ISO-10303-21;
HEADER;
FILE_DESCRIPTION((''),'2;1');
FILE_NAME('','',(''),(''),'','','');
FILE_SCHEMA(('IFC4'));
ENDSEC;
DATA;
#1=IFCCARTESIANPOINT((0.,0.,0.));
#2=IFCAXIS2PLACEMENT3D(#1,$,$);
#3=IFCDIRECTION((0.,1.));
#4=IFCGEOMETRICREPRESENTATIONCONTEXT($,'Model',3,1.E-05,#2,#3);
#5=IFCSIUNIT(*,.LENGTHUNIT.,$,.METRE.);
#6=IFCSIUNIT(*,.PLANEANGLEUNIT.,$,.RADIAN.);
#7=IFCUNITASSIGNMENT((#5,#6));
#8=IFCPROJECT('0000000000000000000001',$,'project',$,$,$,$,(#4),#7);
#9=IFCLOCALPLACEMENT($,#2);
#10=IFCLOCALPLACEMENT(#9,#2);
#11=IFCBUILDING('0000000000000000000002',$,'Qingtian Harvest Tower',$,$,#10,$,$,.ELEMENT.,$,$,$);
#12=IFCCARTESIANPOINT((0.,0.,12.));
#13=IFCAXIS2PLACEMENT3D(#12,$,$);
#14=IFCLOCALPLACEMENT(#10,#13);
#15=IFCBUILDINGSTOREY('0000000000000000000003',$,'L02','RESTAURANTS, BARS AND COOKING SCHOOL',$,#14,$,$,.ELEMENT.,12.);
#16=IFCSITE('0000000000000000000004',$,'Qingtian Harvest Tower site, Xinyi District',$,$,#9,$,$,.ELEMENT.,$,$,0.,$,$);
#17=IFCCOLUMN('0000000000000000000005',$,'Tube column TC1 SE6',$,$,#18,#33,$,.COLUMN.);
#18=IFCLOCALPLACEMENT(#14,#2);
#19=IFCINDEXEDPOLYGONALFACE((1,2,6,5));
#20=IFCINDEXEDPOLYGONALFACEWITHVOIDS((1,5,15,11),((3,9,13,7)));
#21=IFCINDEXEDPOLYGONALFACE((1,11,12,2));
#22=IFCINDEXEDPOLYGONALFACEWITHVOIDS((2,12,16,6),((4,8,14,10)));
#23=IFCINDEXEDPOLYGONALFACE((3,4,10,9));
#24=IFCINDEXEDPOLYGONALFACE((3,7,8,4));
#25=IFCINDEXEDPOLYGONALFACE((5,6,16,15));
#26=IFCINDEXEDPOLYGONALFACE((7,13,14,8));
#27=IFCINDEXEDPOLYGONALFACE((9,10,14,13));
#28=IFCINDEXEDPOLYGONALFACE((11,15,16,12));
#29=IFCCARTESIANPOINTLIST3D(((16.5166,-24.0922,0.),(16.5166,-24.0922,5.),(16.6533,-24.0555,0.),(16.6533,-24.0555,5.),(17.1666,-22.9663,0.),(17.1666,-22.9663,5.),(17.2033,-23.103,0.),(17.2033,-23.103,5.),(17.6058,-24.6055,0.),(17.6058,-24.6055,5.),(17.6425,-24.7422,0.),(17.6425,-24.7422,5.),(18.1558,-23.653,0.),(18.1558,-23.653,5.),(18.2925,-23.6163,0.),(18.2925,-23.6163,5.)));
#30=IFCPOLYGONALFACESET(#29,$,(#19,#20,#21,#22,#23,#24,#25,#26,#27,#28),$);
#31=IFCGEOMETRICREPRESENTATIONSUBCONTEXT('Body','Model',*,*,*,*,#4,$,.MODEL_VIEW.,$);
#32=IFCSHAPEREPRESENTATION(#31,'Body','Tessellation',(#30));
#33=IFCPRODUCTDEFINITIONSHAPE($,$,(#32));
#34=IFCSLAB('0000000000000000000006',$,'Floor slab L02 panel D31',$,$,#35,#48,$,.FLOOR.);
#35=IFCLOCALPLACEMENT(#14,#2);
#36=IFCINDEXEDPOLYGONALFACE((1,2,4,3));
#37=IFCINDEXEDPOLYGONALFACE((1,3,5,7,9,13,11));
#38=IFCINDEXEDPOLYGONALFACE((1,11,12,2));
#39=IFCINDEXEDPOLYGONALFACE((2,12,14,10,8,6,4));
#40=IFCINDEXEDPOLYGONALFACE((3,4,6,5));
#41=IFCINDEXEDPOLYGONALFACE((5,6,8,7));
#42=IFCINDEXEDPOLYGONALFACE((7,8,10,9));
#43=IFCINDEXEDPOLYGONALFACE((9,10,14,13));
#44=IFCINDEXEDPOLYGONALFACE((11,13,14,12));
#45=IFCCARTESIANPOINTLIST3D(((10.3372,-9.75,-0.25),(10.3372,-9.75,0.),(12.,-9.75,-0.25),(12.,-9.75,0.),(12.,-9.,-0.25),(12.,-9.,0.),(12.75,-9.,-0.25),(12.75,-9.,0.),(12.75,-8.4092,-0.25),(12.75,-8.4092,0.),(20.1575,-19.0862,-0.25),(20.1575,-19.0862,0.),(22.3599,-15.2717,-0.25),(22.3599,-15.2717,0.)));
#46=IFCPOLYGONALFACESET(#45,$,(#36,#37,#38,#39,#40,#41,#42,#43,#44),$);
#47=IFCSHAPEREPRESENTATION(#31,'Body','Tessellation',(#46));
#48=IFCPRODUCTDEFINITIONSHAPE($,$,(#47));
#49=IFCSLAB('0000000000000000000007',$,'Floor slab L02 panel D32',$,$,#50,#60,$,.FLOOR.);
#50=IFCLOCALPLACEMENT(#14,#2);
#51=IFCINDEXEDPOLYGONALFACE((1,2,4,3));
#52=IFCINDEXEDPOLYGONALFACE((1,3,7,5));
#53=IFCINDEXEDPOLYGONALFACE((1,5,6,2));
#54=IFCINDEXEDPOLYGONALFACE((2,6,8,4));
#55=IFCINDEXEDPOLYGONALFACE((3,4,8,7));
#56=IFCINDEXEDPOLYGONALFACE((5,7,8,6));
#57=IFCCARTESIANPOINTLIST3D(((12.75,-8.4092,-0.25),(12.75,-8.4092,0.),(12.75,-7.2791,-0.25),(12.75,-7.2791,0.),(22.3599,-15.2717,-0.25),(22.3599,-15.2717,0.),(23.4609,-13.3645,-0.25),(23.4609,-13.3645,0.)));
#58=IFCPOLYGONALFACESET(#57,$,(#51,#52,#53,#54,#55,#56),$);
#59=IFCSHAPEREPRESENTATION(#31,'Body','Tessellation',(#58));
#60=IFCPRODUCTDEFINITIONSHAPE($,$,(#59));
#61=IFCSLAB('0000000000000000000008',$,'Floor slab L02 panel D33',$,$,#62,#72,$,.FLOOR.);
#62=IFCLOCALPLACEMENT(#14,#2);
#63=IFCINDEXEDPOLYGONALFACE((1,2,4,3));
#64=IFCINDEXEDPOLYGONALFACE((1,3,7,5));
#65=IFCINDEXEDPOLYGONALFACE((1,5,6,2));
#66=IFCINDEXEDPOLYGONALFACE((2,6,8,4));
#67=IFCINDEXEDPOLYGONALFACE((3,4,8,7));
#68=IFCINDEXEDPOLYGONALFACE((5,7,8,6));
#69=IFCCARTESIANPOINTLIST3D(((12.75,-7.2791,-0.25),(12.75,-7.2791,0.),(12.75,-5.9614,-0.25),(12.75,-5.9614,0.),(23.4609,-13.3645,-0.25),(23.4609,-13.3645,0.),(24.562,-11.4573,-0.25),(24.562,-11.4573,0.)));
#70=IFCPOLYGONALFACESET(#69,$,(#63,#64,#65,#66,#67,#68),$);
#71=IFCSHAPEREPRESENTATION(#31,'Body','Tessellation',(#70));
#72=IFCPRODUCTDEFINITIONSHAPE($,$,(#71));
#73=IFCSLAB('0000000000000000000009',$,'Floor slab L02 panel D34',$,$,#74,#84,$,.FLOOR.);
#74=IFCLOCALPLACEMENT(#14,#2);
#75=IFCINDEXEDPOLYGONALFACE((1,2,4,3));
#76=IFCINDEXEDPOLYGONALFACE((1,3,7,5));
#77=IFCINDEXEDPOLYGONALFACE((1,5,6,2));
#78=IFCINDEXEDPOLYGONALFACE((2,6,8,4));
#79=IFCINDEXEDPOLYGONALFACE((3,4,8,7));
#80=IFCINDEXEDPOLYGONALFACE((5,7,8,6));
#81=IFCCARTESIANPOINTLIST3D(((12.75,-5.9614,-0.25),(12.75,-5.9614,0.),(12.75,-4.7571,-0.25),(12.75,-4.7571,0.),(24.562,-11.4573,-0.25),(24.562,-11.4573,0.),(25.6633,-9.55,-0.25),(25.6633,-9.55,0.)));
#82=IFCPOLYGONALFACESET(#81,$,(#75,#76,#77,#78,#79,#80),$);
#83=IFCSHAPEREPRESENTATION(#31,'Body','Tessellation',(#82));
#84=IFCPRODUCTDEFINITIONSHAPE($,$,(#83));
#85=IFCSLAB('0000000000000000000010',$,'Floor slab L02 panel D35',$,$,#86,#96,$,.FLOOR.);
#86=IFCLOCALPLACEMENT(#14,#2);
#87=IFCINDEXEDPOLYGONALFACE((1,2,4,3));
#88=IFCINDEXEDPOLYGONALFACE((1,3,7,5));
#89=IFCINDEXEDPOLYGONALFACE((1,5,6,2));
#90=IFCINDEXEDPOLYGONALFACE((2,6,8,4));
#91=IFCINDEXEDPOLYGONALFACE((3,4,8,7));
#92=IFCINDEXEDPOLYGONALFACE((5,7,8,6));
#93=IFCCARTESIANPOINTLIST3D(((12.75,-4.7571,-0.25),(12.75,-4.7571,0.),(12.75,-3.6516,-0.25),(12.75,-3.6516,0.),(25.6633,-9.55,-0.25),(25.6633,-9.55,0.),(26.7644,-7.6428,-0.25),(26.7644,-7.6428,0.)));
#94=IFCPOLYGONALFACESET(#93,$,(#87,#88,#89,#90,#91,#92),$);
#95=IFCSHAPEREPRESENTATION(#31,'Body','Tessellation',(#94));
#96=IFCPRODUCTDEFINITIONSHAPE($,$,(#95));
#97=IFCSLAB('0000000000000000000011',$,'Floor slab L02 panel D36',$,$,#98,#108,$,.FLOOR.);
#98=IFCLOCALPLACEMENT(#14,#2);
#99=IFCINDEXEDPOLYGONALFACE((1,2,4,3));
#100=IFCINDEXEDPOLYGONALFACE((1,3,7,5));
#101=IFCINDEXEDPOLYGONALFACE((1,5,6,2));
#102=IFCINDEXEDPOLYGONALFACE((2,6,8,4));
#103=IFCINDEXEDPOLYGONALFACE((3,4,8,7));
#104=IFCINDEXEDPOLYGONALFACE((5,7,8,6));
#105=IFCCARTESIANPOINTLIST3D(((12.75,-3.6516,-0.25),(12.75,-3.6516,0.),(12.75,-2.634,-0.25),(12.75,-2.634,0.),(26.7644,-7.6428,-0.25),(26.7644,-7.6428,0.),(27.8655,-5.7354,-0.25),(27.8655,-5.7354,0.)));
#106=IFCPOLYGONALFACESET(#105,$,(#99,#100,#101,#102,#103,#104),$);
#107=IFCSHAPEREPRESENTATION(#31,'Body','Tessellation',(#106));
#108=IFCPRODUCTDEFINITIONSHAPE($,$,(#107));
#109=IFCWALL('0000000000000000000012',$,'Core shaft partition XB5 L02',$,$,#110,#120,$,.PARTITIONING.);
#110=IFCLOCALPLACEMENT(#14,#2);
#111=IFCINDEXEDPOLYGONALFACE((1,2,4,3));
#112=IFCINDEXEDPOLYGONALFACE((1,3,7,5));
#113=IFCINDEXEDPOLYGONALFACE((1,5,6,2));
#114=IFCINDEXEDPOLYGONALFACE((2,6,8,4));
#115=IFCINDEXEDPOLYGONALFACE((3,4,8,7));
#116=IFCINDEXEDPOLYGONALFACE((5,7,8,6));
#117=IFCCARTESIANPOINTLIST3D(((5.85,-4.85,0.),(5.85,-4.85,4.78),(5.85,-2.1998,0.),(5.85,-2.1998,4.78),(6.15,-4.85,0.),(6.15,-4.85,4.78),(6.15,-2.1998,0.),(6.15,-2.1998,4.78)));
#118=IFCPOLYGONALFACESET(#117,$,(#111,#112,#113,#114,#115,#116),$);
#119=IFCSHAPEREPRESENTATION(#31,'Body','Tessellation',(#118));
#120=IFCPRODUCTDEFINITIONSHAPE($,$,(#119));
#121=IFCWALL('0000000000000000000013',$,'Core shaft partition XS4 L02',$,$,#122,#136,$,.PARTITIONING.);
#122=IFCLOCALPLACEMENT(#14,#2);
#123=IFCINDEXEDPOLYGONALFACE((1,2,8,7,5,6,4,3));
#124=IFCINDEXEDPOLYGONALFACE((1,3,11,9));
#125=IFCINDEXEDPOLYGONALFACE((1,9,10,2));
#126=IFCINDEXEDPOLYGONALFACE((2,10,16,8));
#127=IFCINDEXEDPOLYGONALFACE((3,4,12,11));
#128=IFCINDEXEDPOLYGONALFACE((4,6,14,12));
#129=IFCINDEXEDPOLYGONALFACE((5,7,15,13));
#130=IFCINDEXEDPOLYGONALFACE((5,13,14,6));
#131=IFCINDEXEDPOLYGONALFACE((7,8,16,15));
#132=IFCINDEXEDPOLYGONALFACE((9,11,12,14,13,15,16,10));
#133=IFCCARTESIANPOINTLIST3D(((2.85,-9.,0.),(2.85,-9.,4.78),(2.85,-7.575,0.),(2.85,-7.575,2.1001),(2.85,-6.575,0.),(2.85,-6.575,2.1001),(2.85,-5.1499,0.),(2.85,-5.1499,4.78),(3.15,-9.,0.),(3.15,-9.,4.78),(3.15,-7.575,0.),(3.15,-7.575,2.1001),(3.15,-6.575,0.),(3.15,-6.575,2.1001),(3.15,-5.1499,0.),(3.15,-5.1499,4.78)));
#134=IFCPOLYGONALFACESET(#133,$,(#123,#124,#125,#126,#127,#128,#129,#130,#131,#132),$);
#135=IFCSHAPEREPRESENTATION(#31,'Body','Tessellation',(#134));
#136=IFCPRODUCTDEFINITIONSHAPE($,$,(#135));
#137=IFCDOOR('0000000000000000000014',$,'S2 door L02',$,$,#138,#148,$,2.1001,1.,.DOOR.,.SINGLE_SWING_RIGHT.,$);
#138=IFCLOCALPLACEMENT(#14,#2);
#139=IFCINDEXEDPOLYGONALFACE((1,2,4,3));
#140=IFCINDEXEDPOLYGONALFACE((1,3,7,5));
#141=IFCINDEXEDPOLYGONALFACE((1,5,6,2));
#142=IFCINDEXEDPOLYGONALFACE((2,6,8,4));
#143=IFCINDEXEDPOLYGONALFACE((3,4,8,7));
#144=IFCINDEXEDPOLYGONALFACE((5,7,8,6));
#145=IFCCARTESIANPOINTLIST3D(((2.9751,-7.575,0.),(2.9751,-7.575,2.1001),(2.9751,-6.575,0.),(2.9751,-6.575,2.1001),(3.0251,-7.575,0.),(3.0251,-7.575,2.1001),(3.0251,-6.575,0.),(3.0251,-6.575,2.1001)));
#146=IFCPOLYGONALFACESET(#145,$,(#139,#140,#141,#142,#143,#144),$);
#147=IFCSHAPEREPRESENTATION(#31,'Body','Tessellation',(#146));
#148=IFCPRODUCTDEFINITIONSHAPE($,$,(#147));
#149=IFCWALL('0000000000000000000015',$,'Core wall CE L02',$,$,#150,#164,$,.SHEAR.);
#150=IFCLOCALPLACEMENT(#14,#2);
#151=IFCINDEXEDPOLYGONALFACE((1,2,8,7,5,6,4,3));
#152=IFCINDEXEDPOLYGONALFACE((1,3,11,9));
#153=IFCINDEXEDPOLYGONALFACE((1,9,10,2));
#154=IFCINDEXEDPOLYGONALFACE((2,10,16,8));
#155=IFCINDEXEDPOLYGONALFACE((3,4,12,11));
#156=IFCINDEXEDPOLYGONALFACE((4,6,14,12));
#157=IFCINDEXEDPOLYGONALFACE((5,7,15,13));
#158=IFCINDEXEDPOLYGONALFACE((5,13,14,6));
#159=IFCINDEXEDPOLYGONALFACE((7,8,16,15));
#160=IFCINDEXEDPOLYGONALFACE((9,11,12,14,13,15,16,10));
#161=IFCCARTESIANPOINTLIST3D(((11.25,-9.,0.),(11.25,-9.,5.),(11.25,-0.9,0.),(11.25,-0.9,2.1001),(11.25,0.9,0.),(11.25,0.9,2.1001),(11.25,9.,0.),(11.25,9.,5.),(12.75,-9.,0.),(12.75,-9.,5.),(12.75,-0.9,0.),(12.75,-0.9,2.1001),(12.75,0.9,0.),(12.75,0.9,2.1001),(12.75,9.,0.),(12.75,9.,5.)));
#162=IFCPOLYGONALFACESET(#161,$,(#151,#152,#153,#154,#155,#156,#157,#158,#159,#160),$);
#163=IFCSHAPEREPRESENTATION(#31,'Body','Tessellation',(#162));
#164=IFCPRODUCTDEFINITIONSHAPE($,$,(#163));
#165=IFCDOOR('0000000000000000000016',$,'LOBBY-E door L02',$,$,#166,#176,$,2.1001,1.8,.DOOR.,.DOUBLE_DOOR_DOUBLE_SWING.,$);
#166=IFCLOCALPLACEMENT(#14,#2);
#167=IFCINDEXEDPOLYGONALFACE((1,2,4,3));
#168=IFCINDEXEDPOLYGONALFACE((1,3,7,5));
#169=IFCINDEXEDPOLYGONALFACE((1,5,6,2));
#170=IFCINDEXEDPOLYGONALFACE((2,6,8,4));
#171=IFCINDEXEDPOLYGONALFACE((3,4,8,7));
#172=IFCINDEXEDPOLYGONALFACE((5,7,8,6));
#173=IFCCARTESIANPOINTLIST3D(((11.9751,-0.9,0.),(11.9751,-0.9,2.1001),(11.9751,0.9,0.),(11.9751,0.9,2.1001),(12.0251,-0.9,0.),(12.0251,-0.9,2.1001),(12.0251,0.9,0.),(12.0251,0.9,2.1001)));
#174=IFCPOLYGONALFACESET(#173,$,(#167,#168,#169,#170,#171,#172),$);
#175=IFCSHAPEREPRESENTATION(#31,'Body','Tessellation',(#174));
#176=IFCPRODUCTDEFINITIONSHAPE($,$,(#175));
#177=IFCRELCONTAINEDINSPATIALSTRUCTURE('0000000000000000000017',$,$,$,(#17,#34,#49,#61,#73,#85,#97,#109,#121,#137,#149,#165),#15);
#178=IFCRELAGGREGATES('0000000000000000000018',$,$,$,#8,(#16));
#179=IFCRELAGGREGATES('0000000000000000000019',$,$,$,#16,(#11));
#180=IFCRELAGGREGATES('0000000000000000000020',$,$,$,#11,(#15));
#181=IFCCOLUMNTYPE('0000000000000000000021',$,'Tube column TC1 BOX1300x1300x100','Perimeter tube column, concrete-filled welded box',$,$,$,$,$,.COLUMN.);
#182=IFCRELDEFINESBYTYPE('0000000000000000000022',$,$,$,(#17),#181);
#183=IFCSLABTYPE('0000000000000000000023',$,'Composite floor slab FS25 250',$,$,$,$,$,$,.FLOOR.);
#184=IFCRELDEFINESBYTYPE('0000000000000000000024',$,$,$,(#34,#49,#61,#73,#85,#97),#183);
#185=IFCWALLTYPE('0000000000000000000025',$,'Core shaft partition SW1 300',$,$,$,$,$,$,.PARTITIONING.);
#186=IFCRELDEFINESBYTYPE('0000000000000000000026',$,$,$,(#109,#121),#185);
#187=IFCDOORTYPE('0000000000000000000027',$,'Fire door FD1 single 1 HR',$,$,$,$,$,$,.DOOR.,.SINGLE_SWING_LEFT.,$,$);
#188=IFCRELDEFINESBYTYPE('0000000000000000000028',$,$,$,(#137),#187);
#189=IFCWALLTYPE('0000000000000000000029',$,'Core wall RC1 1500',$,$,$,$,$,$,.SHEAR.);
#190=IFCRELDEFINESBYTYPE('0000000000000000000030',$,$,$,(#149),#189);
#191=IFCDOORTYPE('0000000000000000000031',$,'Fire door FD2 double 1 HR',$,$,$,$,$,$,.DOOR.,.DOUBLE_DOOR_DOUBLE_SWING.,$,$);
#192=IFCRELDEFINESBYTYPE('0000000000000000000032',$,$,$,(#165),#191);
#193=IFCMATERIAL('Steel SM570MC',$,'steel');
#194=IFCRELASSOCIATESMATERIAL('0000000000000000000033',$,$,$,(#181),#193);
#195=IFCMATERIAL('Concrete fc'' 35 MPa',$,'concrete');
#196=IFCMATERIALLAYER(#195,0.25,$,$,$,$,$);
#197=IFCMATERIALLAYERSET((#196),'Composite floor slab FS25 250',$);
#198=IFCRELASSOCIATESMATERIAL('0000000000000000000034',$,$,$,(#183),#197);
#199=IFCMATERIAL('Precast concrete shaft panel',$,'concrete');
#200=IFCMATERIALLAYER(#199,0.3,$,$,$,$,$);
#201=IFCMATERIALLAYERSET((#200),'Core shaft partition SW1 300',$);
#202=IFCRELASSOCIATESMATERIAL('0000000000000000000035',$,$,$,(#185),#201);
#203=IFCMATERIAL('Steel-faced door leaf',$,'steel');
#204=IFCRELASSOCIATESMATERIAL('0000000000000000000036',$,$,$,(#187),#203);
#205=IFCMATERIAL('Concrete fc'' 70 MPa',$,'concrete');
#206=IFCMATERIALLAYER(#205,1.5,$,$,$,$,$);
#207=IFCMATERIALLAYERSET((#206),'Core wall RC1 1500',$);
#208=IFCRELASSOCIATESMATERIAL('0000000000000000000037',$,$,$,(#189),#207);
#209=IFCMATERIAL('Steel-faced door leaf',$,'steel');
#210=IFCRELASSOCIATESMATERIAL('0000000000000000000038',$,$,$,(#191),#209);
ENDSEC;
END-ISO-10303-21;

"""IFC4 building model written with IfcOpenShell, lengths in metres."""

from ifc_helpers import new_model, si_unit, direction, frame, frame_2d, origin, origin_2d, place, context, subcontext, project, spatial, polyline, rectangle, hollow_rectangle, outline, extrude, material, layer, layer_set, material_profile, profile_set, type_object, element, fill, save


model = new_model("IFC4")

# Units and contexts
model_context = context("Model", 3, precision=1e-05, world=origin(), true_north=direction((0.0, 1.0)))
body_context = subcontext(model_context, "Body", "Model", "MODEL_VIEW")
ifc_project = project(units=[si_unit("LENGTHUNIT", "METRE"), si_unit("PLANEANGLEUNIT", "RADIAN")], contexts=[model_context])

# Site, building, storey
site_placement = place(None, origin())
site = spatial("IfcSite", under=ifc_project, at=site_placement, Name="Qingtian Harvest Tower site, Xinyi District", CompositionType="ELEMENT", RefElevation=0.0)
building_placement = place(site_placement, origin())
building = spatial("IfcBuilding", under=site, at=building_placement, Name="Qingtian Harvest Tower", CompositionType="ELEMENT")
storey_placement = place(building_placement, frame((0.0, 0.0, 12.0)))
storey = spatial("IfcBuildingStorey", under=building, at=storey_placement, Name="L02", Description="RESTAURANTS, BARS AND COOKING SCHOOL", CompositionType="ELEMENT", Elevation=12.0)

# Column
ifc_material_1 = material(Name="Steel SM570MC", Category="steel")
ifc_material_profile = material_profile(ifc_material_1, hollow_rectangle(XDim=1.3, YDim=1.3, WallThickness=0.1001, at=origin_2d()), Name="BOX1300x1300x100")
ifc_profile_set = profile_set([ifc_material_profile], Name="Steel SM570MC")
column_type = type_object("IfcColumnType", Name="Tube column TC1 BOX1300x1300x100", Description="Perimeter tube column, concrete-filled welded box", PredefinedType="COLUMN", material=ifc_profile_set)
column_placement = place(storey_placement, frame((17.4045, -23.8542, 0.0), z_axis=(0.0, 0.0, 1.0), x_axis=(0.5, 0.866025, 0.0)))
element("IfcColumn", 1, at=column_placement, inside=storey, type_object=column_type, Name="Tube column TC1 SE6", PredefinedType="COLUMN", context=body_context, shape_type="SweptSolid", body=[
    extrude(hollow_rectangle(XDim=1.3, YDim=1.3, WallThickness=0.1001, at=origin_2d()), origin(), (0.0, 0.0, 1.0), 5.0),
])

# Slabs
ifc_material_2 = material(Name="Concrete fc' 35 MPa", Category="concrete")
ifc_layer_1 = layer(ifc_material_2, 0.25)
ifc_layer_set_1 = layer_set([ifc_layer_1], Name="Composite floor slab FS25 250")
slab_type = type_object("IfcSlabType", Name="Composite floor slab FS25 250", PredefinedType="FLOOR", material=ifc_layer_set_1)
slab_1_placement = place(storey_placement, frame((0.0, 0.0, -0.25)))
element("IfcSlab", 2, at=slab_1_placement, inside=storey, type_object=slab_type, Name="Floor slab L02 panel D31", PredefinedType="FLOOR", context=body_context, shape_type="SweptSolid", body=[
    extrude(outline(polyline([(12.75, -8.4092), (22.3599, -15.2717), (20.1575, -19.0862), (10.3372, -9.75), (12.0, -9.75), (12.0, -9.0), (12.75, -9.0), (12.75, -8.4092)])), origin(), (0.0, 0.0, 1.0), 0.25),
])
slab_2_placement = place(storey_placement, frame((0.0, 0.0, -0.25)))
element("IfcSlab", 3, at=slab_2_placement, inside=storey, type_object=slab_type, Name="Floor slab L02 panel D32", PredefinedType="FLOOR", context=body_context, shape_type="SweptSolid", body=[
    extrude(outline(polyline([(12.75, -7.2791), (23.4609, -13.3645), (22.3599, -15.2717), (12.75, -8.4092), (12.75, -7.2791)])), origin(), (0.0, 0.0, 1.0), 0.25),
])
slab_3_placement = place(storey_placement, frame((0.0, 0.0, -0.25)))
element("IfcSlab", 4, at=slab_3_placement, inside=storey, type_object=slab_type, Name="Floor slab L02 panel D33", PredefinedType="FLOOR", context=body_context, shape_type="SweptSolid", body=[
    extrude(outline(polyline([(12.75, -5.9614), (24.562, -11.4573), (23.4609, -13.3645), (12.75, -7.2791), (12.75, -5.9614)])), origin(), (0.0, 0.0, 1.0), 0.25),
])
slab_4_placement = place(storey_placement, frame((0.0, 0.0, -0.25)))
element("IfcSlab", 5, at=slab_4_placement, inside=storey, type_object=slab_type, Name="Floor slab L02 panel D34", PredefinedType="FLOOR", context=body_context, shape_type="SweptSolid", body=[
    extrude(outline(polyline([(12.75, -4.7571), (25.6633, -9.55), (24.562, -11.4573), (12.75, -5.9614), (12.75, -4.7571)])), origin(), (0.0, 0.0, 1.0), 0.25),
])
slab_5_placement = place(storey_placement, frame((0.0, 0.0, -0.25)))
element("IfcSlab", 6, at=slab_5_placement, inside=storey, type_object=slab_type, Name="Floor slab L02 panel D35", PredefinedType="FLOOR", context=body_context, shape_type="SweptSolid", body=[
    extrude(outline(polyline([(12.75, -3.6516), (26.7644, -7.6428), (25.6633, -9.55), (12.75, -4.7571), (12.75, -3.6516)])), origin(), (0.0, 0.0, 1.0), 0.25),
])
slab_6_placement = place(storey_placement, frame((0.0, 0.0, -0.25)))
element("IfcSlab", 7, at=slab_6_placement, inside=storey, type_object=slab_type, Name="Floor slab L02 panel D36", PredefinedType="FLOOR", context=body_context, shape_type="SweptSolid", body=[
    extrude(outline(polyline([(12.75, -2.634), (27.8655, -5.7354), (26.7644, -7.6428), (12.75, -3.6516), (12.75, -2.634)])), origin(), (0.0, 0.0, 1.0), 0.25),
])

# Wall
ifc_material_3 = material(Name="Precast concrete shaft panel", Category="concrete")
ifc_layer_2 = layer(ifc_material_3, 0.3)
ifc_layer_set_2 = layer_set([ifc_layer_2], Name="Core shaft partition SW1 300")
wall_type_1 = type_object("IfcWallType", Name="Core shaft partition SW1 300", PredefinedType="PARTITIONING", material=ifc_layer_set_2)
wall_1_placement = place(storey_placement, frame((6.0, -4.8501, 0.0), z_axis=(0.0, 0.0, 1.0), x_axis=(0.0, 1.0, 0.0)))
element("IfcWall", 8, at=wall_1_placement, inside=storey, type_object=wall_type_1, Name="Core shaft partition XB5 L02", PredefinedType="PARTITIONING", context=body_context, shape_type="SweptSolid", body=[
    extrude(rectangle(XDim=2.6501, YDim=0.3, at=frame_2d((1.3252, 0.0))), origin(), (0.0, 0.0, 1.0), 4.78),
])

# Walls, openings, doors
wall_2_placement = place(storey_placement, frame((3.0, -9.0, 0.0), z_axis=(0.0, 0.0, 1.0), x_axis=(0.0, 1.0, 0.0)))
wall_2 = element("IfcWall", 9, at=wall_2_placement, inside=storey, type_object=wall_type_1, Name="Core shaft partition XS4 L02", PredefinedType="PARTITIONING", context=body_context, shape_type="SweptSolid", body=[
    extrude(rectangle(XDim=3.8501, YDim=0.3, at=frame_2d((1.925, 0.0))), origin(), (0.0, 0.0, 1.0), 4.78),
])
opening_1_placement = place(wall_2_placement, frame((1.425, 0.0, 0.0)))
opening_1 = element("IfcOpeningElement", 10, at=opening_1_placement, cuts=wall_2, PredefinedType="OPENING", context=body_context, shape_type="SweptSolid", body=[
    extrude(rectangle(XDim=1.0, YDim=2.1001, at=frame_2d((0.5, 1.05))), frame((0.0, 0.1599, 0.0), z_axis=(0.0, -1.0, 0.0), x_axis=(1.0, 0.0, 0.0)), (0.0, 0.0, 1.0), 0.3201),
])
ifc_material_4 = material(Name="Steel-faced door leaf", Category="steel")
door_type_1 = type_object("IfcDoorType", Name="Fire door FD1 single 1 HR", OperationType="SINGLE_SWING_LEFT", PredefinedType="DOOR", material=ifc_material_4)
door_1_placement = place(opening_1_placement, origin())
door_1 = element("IfcDoor", 11, at=door_1_placement, inside=storey, type_object=door_type_1, Name="S2 door L02", OperationType="SINGLE_SWING_RIGHT", OverallHeight=2.1001, OverallWidth=1.0, PredefinedType="DOOR", context=body_context, shape_type="SweptSolid", body=[
    extrude(rectangle(XDim=1.0, YDim=2.1001, at=frame_2d((0.5, 1.05))), frame((0.0, 0.0249, 0.0), z_axis=(0.0, -1.0, 0.0), x_axis=(1.0, 0.0, 0.0)), (0.0, 0.0, 1.0), 0.05),
])
fill(opening_1, door_1)
ifc_material_5 = material(Name="Concrete fc' 70 MPa", Category="concrete")
ifc_layer_3 = layer(ifc_material_5, 1.5)
ifc_layer_set_3 = layer_set([ifc_layer_3], Name="Core wall RC1 1500")
wall_type_2 = type_object("IfcWallType", Name="Core wall RC1 1500", PredefinedType="SHEAR", material=ifc_layer_set_3)
wall_3_placement = place(storey_placement, frame((12.0, -9.0, 0.0), z_axis=(0.0, 0.0, 1.0), x_axis=(0.0, 1.0, 0.0)))
wall_3 = element("IfcWall", 12, at=wall_3_placement, inside=storey, type_object=wall_type_2, Name="Core wall CE L02", PredefinedType="SHEAR", context=body_context, shape_type="SweptSolid", body=[
    extrude(rectangle(XDim=18.0, YDim=1.5, at=frame_2d((9.0, 0.0))), origin(), (0.0, 0.0, 1.0), 5.0),
])
opening_2_placement = place(wall_3_placement, frame((8.1001, 0.0, 0.0)))
opening_2 = element("IfcOpeningElement", 13, at=opening_2_placement, cuts=wall_3, PredefinedType="OPENING", context=body_context, shape_type="SweptSolid", body=[
    extrude(rectangle(XDim=1.8, YDim=2.1001, at=frame_2d((0.8999, 1.05))), frame((0.0, 0.76, 0.0), z_axis=(0.0, -1.0, 0.0), x_axis=(1.0, 0.0, 0.0)), (0.0, 0.0, 1.0), 1.52),
])
ifc_material_6 = material(Name="Steel-faced door leaf", Category="steel")
door_type_2 = type_object("IfcDoorType", Name="Fire door FD2 double 1 HR", OperationType="DOUBLE_DOOR_DOUBLE_SWING", PredefinedType="DOOR", material=ifc_material_6)
door_2_placement = place(opening_2_placement, origin())
door_2 = element("IfcDoor", 14, at=door_2_placement, inside=storey, type_object=door_type_2, Name="LOBBY-E door L02", OperationType="DOUBLE_DOOR_DOUBLE_SWING", OverallHeight=2.1001, OverallWidth=1.8, PredefinedType="DOOR", context=body_context, shape_type="SweptSolid", body=[
    extrude(rectangle(XDim=1.8, YDim=2.1001, at=frame_2d((0.8999, 1.05))), frame((0.0, 0.0249, 0.0), z_axis=(0.0, -1.0, 0.0), x_axis=(1.0, 0.0, 0.0)), (0.0, 0.0, 1.0), 0.05),
])
fill(opening_2, door_2)

save(model, "model.ifc")
